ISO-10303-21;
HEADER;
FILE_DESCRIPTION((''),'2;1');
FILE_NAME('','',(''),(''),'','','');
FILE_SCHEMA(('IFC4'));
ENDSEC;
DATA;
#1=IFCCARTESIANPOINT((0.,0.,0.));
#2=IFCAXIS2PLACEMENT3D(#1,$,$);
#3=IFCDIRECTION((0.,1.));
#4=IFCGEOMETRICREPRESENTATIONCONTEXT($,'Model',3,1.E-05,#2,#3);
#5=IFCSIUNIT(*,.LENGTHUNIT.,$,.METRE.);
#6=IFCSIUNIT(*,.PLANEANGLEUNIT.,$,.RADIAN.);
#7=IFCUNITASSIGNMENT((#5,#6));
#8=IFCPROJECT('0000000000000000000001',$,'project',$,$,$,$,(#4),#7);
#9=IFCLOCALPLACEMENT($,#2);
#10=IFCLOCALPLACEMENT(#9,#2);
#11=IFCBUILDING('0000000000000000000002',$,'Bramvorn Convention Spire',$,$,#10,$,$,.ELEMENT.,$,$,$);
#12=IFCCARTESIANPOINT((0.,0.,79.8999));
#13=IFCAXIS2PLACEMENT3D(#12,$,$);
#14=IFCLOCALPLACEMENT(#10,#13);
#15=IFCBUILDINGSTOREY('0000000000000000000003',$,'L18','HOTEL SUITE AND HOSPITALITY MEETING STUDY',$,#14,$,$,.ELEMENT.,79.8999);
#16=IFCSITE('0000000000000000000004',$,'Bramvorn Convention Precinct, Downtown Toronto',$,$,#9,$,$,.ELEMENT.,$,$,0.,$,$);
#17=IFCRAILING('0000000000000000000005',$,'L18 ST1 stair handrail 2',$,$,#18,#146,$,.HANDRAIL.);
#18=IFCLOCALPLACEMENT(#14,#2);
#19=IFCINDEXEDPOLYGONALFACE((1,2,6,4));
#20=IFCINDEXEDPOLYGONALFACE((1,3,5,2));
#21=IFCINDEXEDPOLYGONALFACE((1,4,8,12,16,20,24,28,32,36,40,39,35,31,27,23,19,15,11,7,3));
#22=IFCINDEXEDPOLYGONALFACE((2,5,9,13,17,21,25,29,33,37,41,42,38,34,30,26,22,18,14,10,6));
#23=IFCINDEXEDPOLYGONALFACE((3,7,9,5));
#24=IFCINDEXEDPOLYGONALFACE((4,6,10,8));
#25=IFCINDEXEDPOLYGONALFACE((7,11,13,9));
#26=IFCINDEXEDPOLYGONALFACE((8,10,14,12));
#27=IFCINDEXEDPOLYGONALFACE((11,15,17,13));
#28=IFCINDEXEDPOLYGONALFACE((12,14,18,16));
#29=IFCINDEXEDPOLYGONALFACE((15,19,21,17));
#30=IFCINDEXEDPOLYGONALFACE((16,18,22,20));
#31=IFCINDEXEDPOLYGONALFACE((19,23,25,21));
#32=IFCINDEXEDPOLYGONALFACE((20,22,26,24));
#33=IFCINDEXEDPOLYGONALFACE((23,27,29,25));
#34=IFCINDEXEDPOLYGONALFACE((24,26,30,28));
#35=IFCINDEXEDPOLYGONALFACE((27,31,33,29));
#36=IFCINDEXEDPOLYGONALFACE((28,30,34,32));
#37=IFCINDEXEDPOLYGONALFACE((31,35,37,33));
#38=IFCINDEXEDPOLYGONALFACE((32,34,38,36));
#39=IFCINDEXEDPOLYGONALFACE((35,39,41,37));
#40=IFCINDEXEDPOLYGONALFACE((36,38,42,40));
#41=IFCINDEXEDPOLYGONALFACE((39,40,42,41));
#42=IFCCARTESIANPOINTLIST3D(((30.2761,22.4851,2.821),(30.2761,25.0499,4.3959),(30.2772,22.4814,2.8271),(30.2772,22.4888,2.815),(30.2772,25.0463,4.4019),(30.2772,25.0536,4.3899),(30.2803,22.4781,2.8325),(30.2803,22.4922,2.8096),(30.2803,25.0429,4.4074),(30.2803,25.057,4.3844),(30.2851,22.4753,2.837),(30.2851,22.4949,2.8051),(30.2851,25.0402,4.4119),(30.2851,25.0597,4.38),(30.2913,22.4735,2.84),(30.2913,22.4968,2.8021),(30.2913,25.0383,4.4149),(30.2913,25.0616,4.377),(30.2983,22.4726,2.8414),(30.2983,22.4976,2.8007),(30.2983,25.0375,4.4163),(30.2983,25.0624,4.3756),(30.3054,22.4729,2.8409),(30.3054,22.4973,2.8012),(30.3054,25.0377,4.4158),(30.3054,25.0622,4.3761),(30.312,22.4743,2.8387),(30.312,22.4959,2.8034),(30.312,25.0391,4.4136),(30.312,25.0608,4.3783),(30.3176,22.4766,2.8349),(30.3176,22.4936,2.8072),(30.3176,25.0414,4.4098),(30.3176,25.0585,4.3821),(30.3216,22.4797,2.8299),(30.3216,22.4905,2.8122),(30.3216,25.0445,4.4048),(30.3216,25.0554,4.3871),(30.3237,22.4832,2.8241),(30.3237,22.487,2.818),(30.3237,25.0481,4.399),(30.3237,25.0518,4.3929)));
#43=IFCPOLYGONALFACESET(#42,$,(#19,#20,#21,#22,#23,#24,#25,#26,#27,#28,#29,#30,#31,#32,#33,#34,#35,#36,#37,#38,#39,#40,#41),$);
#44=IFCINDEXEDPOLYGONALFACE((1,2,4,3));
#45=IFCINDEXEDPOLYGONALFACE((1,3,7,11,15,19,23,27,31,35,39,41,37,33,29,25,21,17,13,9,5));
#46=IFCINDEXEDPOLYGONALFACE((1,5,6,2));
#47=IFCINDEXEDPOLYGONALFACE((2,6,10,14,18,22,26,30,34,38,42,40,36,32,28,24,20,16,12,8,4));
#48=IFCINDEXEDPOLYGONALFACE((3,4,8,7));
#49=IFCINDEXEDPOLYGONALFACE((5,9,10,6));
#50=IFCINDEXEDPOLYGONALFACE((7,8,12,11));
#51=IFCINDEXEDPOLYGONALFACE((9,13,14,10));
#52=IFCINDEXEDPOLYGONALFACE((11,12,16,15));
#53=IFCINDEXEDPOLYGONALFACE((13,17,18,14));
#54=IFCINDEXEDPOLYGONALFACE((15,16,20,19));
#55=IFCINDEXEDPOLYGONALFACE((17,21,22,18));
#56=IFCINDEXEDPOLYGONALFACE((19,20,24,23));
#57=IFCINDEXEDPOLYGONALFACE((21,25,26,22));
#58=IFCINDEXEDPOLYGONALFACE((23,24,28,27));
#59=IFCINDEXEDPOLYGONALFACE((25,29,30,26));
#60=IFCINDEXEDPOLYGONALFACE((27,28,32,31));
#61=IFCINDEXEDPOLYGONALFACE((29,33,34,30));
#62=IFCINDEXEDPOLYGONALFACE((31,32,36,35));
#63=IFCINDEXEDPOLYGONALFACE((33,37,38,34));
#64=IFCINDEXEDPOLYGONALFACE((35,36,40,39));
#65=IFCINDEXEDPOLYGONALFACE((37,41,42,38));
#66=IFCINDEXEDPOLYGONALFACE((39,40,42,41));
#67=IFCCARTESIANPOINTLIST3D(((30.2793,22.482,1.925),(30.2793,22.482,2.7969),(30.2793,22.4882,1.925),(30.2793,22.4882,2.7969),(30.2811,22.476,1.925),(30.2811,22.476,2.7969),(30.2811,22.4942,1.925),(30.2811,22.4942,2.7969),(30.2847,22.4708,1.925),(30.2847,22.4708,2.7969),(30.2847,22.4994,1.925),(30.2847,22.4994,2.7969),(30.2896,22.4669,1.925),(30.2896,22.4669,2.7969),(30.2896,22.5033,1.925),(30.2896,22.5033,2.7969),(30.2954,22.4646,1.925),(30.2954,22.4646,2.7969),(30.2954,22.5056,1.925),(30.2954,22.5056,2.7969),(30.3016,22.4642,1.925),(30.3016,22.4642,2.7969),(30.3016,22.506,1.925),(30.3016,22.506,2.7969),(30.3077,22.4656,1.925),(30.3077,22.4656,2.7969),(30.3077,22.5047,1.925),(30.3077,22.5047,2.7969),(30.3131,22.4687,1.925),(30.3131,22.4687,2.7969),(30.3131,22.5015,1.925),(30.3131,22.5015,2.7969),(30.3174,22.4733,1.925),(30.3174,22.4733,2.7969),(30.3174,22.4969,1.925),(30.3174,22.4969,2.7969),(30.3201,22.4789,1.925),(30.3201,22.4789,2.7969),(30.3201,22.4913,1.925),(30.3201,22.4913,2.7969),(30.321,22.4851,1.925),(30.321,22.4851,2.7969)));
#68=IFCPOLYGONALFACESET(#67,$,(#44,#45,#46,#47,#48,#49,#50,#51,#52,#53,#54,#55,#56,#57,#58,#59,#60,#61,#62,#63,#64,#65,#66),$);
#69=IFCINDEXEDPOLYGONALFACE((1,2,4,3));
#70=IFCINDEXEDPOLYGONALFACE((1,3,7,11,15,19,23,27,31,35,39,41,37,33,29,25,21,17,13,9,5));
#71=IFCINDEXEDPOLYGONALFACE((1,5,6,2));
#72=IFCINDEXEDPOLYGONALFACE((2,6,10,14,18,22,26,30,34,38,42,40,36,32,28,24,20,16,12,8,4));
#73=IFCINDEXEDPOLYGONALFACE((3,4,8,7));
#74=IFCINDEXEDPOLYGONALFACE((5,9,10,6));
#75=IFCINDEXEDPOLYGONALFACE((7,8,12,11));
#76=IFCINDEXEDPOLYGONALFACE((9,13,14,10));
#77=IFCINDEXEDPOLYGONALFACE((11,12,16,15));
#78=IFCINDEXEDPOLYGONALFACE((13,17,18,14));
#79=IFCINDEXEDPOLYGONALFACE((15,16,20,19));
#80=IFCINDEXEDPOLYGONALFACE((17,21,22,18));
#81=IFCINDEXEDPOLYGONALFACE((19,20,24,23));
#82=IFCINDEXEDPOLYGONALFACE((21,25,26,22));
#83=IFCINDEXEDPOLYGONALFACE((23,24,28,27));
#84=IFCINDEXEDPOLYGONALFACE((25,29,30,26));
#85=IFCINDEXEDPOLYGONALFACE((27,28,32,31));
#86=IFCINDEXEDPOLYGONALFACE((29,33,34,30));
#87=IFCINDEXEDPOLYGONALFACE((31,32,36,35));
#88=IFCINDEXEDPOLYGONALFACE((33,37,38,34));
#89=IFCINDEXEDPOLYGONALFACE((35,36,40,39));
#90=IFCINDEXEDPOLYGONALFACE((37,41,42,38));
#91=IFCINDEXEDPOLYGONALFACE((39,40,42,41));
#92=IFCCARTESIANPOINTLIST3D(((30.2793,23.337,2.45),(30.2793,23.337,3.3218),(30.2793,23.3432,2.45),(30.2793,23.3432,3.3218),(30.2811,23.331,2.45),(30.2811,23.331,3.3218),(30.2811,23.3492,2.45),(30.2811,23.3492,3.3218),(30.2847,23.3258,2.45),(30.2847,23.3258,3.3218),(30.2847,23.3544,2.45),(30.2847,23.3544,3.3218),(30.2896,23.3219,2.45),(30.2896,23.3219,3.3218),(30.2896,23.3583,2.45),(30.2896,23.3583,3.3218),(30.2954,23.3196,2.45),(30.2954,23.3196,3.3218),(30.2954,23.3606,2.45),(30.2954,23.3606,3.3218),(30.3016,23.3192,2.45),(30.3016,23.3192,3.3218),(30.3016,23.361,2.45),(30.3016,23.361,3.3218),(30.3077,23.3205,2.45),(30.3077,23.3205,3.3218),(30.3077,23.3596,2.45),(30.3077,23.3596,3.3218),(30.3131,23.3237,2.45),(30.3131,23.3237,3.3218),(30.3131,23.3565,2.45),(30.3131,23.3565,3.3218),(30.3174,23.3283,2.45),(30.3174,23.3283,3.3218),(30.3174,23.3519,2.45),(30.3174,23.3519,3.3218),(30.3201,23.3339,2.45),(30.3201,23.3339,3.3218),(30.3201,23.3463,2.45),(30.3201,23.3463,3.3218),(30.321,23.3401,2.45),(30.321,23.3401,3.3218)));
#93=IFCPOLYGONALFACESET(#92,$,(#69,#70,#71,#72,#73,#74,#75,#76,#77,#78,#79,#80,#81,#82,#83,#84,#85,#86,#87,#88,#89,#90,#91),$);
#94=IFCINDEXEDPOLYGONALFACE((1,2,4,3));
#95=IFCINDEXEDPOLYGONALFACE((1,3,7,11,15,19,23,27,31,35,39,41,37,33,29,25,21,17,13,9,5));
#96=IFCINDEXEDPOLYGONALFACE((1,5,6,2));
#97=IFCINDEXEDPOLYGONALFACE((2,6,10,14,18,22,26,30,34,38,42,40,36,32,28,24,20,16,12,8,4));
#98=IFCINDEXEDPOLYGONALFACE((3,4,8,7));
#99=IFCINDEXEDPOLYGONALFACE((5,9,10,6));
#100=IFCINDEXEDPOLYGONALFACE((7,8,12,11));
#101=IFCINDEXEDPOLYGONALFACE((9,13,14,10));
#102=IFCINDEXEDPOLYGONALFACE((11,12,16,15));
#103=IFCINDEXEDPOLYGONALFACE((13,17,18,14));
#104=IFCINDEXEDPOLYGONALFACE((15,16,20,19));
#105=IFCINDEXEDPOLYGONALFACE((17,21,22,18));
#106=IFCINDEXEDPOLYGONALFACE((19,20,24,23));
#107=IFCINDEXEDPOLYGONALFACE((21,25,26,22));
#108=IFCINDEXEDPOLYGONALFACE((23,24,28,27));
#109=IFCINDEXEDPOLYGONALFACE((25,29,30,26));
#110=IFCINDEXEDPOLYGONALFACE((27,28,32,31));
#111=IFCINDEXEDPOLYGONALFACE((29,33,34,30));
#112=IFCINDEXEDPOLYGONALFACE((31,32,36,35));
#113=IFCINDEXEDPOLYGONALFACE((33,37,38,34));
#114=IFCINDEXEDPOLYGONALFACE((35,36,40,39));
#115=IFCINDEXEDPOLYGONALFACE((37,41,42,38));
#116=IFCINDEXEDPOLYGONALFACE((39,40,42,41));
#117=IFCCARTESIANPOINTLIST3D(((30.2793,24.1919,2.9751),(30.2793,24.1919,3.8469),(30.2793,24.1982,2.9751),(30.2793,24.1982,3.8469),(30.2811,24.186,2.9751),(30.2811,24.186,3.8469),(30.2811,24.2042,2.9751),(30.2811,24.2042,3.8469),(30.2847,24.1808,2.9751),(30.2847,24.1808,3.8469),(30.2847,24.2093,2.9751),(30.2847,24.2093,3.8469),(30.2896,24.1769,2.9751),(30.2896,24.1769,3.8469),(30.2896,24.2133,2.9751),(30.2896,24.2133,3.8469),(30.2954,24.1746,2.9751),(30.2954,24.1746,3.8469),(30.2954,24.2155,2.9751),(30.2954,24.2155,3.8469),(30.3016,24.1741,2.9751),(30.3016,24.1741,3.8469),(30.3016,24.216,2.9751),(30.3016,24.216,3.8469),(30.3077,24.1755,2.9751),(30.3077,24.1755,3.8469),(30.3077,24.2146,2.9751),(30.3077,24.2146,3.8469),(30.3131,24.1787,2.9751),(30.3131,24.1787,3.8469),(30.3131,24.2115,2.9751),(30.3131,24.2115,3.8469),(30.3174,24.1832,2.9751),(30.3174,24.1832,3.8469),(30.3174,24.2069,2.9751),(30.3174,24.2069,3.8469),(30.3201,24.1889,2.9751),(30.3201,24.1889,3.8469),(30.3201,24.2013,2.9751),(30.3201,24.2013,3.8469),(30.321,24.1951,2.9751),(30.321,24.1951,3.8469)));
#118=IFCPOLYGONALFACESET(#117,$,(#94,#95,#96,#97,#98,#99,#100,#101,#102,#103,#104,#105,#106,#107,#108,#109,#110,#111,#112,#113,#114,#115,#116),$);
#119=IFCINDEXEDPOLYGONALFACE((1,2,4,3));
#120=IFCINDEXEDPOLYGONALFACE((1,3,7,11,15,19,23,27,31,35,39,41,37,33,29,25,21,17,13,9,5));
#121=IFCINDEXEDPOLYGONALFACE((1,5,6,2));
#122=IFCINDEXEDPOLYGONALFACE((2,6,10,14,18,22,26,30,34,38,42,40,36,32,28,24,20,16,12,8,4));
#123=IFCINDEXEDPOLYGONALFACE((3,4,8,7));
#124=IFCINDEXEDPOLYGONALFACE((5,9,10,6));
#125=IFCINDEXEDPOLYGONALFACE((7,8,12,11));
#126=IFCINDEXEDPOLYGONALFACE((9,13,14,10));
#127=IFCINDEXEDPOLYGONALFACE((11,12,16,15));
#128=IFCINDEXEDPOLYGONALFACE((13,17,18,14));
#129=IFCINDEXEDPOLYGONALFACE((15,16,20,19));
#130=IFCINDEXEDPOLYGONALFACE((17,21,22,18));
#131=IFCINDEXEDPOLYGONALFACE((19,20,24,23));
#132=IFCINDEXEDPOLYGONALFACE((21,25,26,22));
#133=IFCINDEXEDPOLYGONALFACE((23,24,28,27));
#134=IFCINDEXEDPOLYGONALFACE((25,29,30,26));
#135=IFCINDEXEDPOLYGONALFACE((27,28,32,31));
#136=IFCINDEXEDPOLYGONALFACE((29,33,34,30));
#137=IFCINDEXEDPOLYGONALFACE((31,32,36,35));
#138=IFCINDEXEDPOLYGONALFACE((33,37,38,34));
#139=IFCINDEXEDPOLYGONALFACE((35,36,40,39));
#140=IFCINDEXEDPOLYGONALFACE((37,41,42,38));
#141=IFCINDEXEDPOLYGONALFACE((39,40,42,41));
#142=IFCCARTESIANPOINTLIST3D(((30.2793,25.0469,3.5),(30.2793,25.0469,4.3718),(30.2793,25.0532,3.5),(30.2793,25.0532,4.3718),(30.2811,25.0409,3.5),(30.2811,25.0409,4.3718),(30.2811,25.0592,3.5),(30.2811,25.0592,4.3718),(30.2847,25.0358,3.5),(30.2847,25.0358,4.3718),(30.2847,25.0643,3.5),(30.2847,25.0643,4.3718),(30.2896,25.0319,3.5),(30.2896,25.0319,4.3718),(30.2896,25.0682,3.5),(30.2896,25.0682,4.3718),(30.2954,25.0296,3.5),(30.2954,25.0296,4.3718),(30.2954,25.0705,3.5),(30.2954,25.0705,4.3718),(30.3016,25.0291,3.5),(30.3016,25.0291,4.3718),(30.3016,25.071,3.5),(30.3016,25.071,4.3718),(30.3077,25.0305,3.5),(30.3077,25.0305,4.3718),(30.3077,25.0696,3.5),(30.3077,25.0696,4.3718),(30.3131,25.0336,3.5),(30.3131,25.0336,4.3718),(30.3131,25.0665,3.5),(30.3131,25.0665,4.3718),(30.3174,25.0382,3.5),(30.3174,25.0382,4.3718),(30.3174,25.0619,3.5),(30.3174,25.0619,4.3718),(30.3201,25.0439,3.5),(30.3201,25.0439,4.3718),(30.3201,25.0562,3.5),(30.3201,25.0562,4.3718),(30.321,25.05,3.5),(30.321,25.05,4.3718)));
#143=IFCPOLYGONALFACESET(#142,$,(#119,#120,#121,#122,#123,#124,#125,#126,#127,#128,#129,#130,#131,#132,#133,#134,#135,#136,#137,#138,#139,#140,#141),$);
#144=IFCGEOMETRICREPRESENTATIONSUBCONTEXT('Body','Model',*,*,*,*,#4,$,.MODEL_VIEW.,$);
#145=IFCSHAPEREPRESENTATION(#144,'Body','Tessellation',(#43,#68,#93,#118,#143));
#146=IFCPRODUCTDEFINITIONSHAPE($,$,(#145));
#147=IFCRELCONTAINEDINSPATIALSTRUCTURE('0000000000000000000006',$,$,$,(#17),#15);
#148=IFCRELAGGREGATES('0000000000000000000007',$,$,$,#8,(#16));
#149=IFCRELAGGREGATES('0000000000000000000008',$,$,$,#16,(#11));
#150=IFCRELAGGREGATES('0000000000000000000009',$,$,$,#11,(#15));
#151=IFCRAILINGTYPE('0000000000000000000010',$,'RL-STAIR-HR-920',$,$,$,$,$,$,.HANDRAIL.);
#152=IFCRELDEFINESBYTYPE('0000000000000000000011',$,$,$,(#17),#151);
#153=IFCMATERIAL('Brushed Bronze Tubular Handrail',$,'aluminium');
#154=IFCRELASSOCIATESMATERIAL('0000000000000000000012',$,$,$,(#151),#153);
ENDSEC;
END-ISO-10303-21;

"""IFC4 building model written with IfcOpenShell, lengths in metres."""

from ifc_helpers import new_model, si_unit, direction, frame, origin, origin_2d, place, context, subcontext, project, spatial, circle, extrude, material, type_object, element, save


model = new_model("IFC4")

# Units and contexts
model_context = context("Model", 3, precision=1e-05, world=origin(), true_north=direction((0.0, 1.0)))
body_context = subcontext(model_context, "Body", "Model", "MODEL_VIEW")
ifc_project = project(units=[si_unit("LENGTHUNIT", "METRE"), si_unit("PLANEANGLEUNIT", "RADIAN")], contexts=[model_context])

# Site, building, storey
site_placement = place(None, origin())
site = spatial("IfcSite", under=ifc_project, at=site_placement, Name="Bramvorn Convention Precinct, Downtown Toronto", CompositionType="ELEMENT", RefElevation=0.0)
building_placement = place(site_placement, origin())
building = spatial("IfcBuilding", under=site, at=building_placement, Name="Bramvorn Convention Spire", CompositionType="ELEMENT")
storey_placement = place(building_placement, frame((0.0, 0.0, 79.8999)))
storey = spatial("IfcBuildingStorey", under=building, at=storey_placement, Name="L18", Description="HOTEL SUITE AND HOSPITALITY MEETING STUDY", CompositionType="ELEMENT", Elevation=79.8999)

# Railing
ifc_material_1 = material(Name="Brushed Bronze Tubular Handrail", Category="aluminium")
railing_type_1 = type_object("IfcRailingType", Name="RL-STAIR-HR-920", PredefinedType="HANDRAIL", material=ifc_material_1)
railing_1_placement = place(storey_placement, frame((30.3, 22.4851, 1.925)))
element("IfcRailing", 1, at=railing_1_placement, inside=storey, type_object=railing_type_1, Name="L18 ST1 stair handrail 2", PredefinedType="HANDRAIL", context=body_context, shape_type="SweptSolid", body=[
    extrude(circle(Radius=0.0239, at=origin_2d()), frame((0.0, 0.0, 0.896), z_axis=(0.0, 0.852173, 0.52326), x_axis=(-1.0, 0.0, 0.0)), (0.0, 0.0, 1.0), 3.0098),
    extrude(circle(Radius=0.021, at=origin_2d()), origin(), (0.0, 0.0, 1.0), 0.8718),
    extrude(circle(Radius=0.021, at=origin_2d()), frame((0.0, 0.855, 0.5249)), (0.0, 0.0, 1.0), 0.8718),
    extrude(circle(Radius=0.021, at=origin_2d()), frame((0.0, 1.71, 1.05)), (0.0, 0.0, 1.0), 0.8718),
    extrude(circle(Radius=0.021, at=origin_2d()), frame((0.0, 2.5649, 1.575)), (0.0, 0.0, 1.0), 0.8718),
])

save(model, "model.ifc")
